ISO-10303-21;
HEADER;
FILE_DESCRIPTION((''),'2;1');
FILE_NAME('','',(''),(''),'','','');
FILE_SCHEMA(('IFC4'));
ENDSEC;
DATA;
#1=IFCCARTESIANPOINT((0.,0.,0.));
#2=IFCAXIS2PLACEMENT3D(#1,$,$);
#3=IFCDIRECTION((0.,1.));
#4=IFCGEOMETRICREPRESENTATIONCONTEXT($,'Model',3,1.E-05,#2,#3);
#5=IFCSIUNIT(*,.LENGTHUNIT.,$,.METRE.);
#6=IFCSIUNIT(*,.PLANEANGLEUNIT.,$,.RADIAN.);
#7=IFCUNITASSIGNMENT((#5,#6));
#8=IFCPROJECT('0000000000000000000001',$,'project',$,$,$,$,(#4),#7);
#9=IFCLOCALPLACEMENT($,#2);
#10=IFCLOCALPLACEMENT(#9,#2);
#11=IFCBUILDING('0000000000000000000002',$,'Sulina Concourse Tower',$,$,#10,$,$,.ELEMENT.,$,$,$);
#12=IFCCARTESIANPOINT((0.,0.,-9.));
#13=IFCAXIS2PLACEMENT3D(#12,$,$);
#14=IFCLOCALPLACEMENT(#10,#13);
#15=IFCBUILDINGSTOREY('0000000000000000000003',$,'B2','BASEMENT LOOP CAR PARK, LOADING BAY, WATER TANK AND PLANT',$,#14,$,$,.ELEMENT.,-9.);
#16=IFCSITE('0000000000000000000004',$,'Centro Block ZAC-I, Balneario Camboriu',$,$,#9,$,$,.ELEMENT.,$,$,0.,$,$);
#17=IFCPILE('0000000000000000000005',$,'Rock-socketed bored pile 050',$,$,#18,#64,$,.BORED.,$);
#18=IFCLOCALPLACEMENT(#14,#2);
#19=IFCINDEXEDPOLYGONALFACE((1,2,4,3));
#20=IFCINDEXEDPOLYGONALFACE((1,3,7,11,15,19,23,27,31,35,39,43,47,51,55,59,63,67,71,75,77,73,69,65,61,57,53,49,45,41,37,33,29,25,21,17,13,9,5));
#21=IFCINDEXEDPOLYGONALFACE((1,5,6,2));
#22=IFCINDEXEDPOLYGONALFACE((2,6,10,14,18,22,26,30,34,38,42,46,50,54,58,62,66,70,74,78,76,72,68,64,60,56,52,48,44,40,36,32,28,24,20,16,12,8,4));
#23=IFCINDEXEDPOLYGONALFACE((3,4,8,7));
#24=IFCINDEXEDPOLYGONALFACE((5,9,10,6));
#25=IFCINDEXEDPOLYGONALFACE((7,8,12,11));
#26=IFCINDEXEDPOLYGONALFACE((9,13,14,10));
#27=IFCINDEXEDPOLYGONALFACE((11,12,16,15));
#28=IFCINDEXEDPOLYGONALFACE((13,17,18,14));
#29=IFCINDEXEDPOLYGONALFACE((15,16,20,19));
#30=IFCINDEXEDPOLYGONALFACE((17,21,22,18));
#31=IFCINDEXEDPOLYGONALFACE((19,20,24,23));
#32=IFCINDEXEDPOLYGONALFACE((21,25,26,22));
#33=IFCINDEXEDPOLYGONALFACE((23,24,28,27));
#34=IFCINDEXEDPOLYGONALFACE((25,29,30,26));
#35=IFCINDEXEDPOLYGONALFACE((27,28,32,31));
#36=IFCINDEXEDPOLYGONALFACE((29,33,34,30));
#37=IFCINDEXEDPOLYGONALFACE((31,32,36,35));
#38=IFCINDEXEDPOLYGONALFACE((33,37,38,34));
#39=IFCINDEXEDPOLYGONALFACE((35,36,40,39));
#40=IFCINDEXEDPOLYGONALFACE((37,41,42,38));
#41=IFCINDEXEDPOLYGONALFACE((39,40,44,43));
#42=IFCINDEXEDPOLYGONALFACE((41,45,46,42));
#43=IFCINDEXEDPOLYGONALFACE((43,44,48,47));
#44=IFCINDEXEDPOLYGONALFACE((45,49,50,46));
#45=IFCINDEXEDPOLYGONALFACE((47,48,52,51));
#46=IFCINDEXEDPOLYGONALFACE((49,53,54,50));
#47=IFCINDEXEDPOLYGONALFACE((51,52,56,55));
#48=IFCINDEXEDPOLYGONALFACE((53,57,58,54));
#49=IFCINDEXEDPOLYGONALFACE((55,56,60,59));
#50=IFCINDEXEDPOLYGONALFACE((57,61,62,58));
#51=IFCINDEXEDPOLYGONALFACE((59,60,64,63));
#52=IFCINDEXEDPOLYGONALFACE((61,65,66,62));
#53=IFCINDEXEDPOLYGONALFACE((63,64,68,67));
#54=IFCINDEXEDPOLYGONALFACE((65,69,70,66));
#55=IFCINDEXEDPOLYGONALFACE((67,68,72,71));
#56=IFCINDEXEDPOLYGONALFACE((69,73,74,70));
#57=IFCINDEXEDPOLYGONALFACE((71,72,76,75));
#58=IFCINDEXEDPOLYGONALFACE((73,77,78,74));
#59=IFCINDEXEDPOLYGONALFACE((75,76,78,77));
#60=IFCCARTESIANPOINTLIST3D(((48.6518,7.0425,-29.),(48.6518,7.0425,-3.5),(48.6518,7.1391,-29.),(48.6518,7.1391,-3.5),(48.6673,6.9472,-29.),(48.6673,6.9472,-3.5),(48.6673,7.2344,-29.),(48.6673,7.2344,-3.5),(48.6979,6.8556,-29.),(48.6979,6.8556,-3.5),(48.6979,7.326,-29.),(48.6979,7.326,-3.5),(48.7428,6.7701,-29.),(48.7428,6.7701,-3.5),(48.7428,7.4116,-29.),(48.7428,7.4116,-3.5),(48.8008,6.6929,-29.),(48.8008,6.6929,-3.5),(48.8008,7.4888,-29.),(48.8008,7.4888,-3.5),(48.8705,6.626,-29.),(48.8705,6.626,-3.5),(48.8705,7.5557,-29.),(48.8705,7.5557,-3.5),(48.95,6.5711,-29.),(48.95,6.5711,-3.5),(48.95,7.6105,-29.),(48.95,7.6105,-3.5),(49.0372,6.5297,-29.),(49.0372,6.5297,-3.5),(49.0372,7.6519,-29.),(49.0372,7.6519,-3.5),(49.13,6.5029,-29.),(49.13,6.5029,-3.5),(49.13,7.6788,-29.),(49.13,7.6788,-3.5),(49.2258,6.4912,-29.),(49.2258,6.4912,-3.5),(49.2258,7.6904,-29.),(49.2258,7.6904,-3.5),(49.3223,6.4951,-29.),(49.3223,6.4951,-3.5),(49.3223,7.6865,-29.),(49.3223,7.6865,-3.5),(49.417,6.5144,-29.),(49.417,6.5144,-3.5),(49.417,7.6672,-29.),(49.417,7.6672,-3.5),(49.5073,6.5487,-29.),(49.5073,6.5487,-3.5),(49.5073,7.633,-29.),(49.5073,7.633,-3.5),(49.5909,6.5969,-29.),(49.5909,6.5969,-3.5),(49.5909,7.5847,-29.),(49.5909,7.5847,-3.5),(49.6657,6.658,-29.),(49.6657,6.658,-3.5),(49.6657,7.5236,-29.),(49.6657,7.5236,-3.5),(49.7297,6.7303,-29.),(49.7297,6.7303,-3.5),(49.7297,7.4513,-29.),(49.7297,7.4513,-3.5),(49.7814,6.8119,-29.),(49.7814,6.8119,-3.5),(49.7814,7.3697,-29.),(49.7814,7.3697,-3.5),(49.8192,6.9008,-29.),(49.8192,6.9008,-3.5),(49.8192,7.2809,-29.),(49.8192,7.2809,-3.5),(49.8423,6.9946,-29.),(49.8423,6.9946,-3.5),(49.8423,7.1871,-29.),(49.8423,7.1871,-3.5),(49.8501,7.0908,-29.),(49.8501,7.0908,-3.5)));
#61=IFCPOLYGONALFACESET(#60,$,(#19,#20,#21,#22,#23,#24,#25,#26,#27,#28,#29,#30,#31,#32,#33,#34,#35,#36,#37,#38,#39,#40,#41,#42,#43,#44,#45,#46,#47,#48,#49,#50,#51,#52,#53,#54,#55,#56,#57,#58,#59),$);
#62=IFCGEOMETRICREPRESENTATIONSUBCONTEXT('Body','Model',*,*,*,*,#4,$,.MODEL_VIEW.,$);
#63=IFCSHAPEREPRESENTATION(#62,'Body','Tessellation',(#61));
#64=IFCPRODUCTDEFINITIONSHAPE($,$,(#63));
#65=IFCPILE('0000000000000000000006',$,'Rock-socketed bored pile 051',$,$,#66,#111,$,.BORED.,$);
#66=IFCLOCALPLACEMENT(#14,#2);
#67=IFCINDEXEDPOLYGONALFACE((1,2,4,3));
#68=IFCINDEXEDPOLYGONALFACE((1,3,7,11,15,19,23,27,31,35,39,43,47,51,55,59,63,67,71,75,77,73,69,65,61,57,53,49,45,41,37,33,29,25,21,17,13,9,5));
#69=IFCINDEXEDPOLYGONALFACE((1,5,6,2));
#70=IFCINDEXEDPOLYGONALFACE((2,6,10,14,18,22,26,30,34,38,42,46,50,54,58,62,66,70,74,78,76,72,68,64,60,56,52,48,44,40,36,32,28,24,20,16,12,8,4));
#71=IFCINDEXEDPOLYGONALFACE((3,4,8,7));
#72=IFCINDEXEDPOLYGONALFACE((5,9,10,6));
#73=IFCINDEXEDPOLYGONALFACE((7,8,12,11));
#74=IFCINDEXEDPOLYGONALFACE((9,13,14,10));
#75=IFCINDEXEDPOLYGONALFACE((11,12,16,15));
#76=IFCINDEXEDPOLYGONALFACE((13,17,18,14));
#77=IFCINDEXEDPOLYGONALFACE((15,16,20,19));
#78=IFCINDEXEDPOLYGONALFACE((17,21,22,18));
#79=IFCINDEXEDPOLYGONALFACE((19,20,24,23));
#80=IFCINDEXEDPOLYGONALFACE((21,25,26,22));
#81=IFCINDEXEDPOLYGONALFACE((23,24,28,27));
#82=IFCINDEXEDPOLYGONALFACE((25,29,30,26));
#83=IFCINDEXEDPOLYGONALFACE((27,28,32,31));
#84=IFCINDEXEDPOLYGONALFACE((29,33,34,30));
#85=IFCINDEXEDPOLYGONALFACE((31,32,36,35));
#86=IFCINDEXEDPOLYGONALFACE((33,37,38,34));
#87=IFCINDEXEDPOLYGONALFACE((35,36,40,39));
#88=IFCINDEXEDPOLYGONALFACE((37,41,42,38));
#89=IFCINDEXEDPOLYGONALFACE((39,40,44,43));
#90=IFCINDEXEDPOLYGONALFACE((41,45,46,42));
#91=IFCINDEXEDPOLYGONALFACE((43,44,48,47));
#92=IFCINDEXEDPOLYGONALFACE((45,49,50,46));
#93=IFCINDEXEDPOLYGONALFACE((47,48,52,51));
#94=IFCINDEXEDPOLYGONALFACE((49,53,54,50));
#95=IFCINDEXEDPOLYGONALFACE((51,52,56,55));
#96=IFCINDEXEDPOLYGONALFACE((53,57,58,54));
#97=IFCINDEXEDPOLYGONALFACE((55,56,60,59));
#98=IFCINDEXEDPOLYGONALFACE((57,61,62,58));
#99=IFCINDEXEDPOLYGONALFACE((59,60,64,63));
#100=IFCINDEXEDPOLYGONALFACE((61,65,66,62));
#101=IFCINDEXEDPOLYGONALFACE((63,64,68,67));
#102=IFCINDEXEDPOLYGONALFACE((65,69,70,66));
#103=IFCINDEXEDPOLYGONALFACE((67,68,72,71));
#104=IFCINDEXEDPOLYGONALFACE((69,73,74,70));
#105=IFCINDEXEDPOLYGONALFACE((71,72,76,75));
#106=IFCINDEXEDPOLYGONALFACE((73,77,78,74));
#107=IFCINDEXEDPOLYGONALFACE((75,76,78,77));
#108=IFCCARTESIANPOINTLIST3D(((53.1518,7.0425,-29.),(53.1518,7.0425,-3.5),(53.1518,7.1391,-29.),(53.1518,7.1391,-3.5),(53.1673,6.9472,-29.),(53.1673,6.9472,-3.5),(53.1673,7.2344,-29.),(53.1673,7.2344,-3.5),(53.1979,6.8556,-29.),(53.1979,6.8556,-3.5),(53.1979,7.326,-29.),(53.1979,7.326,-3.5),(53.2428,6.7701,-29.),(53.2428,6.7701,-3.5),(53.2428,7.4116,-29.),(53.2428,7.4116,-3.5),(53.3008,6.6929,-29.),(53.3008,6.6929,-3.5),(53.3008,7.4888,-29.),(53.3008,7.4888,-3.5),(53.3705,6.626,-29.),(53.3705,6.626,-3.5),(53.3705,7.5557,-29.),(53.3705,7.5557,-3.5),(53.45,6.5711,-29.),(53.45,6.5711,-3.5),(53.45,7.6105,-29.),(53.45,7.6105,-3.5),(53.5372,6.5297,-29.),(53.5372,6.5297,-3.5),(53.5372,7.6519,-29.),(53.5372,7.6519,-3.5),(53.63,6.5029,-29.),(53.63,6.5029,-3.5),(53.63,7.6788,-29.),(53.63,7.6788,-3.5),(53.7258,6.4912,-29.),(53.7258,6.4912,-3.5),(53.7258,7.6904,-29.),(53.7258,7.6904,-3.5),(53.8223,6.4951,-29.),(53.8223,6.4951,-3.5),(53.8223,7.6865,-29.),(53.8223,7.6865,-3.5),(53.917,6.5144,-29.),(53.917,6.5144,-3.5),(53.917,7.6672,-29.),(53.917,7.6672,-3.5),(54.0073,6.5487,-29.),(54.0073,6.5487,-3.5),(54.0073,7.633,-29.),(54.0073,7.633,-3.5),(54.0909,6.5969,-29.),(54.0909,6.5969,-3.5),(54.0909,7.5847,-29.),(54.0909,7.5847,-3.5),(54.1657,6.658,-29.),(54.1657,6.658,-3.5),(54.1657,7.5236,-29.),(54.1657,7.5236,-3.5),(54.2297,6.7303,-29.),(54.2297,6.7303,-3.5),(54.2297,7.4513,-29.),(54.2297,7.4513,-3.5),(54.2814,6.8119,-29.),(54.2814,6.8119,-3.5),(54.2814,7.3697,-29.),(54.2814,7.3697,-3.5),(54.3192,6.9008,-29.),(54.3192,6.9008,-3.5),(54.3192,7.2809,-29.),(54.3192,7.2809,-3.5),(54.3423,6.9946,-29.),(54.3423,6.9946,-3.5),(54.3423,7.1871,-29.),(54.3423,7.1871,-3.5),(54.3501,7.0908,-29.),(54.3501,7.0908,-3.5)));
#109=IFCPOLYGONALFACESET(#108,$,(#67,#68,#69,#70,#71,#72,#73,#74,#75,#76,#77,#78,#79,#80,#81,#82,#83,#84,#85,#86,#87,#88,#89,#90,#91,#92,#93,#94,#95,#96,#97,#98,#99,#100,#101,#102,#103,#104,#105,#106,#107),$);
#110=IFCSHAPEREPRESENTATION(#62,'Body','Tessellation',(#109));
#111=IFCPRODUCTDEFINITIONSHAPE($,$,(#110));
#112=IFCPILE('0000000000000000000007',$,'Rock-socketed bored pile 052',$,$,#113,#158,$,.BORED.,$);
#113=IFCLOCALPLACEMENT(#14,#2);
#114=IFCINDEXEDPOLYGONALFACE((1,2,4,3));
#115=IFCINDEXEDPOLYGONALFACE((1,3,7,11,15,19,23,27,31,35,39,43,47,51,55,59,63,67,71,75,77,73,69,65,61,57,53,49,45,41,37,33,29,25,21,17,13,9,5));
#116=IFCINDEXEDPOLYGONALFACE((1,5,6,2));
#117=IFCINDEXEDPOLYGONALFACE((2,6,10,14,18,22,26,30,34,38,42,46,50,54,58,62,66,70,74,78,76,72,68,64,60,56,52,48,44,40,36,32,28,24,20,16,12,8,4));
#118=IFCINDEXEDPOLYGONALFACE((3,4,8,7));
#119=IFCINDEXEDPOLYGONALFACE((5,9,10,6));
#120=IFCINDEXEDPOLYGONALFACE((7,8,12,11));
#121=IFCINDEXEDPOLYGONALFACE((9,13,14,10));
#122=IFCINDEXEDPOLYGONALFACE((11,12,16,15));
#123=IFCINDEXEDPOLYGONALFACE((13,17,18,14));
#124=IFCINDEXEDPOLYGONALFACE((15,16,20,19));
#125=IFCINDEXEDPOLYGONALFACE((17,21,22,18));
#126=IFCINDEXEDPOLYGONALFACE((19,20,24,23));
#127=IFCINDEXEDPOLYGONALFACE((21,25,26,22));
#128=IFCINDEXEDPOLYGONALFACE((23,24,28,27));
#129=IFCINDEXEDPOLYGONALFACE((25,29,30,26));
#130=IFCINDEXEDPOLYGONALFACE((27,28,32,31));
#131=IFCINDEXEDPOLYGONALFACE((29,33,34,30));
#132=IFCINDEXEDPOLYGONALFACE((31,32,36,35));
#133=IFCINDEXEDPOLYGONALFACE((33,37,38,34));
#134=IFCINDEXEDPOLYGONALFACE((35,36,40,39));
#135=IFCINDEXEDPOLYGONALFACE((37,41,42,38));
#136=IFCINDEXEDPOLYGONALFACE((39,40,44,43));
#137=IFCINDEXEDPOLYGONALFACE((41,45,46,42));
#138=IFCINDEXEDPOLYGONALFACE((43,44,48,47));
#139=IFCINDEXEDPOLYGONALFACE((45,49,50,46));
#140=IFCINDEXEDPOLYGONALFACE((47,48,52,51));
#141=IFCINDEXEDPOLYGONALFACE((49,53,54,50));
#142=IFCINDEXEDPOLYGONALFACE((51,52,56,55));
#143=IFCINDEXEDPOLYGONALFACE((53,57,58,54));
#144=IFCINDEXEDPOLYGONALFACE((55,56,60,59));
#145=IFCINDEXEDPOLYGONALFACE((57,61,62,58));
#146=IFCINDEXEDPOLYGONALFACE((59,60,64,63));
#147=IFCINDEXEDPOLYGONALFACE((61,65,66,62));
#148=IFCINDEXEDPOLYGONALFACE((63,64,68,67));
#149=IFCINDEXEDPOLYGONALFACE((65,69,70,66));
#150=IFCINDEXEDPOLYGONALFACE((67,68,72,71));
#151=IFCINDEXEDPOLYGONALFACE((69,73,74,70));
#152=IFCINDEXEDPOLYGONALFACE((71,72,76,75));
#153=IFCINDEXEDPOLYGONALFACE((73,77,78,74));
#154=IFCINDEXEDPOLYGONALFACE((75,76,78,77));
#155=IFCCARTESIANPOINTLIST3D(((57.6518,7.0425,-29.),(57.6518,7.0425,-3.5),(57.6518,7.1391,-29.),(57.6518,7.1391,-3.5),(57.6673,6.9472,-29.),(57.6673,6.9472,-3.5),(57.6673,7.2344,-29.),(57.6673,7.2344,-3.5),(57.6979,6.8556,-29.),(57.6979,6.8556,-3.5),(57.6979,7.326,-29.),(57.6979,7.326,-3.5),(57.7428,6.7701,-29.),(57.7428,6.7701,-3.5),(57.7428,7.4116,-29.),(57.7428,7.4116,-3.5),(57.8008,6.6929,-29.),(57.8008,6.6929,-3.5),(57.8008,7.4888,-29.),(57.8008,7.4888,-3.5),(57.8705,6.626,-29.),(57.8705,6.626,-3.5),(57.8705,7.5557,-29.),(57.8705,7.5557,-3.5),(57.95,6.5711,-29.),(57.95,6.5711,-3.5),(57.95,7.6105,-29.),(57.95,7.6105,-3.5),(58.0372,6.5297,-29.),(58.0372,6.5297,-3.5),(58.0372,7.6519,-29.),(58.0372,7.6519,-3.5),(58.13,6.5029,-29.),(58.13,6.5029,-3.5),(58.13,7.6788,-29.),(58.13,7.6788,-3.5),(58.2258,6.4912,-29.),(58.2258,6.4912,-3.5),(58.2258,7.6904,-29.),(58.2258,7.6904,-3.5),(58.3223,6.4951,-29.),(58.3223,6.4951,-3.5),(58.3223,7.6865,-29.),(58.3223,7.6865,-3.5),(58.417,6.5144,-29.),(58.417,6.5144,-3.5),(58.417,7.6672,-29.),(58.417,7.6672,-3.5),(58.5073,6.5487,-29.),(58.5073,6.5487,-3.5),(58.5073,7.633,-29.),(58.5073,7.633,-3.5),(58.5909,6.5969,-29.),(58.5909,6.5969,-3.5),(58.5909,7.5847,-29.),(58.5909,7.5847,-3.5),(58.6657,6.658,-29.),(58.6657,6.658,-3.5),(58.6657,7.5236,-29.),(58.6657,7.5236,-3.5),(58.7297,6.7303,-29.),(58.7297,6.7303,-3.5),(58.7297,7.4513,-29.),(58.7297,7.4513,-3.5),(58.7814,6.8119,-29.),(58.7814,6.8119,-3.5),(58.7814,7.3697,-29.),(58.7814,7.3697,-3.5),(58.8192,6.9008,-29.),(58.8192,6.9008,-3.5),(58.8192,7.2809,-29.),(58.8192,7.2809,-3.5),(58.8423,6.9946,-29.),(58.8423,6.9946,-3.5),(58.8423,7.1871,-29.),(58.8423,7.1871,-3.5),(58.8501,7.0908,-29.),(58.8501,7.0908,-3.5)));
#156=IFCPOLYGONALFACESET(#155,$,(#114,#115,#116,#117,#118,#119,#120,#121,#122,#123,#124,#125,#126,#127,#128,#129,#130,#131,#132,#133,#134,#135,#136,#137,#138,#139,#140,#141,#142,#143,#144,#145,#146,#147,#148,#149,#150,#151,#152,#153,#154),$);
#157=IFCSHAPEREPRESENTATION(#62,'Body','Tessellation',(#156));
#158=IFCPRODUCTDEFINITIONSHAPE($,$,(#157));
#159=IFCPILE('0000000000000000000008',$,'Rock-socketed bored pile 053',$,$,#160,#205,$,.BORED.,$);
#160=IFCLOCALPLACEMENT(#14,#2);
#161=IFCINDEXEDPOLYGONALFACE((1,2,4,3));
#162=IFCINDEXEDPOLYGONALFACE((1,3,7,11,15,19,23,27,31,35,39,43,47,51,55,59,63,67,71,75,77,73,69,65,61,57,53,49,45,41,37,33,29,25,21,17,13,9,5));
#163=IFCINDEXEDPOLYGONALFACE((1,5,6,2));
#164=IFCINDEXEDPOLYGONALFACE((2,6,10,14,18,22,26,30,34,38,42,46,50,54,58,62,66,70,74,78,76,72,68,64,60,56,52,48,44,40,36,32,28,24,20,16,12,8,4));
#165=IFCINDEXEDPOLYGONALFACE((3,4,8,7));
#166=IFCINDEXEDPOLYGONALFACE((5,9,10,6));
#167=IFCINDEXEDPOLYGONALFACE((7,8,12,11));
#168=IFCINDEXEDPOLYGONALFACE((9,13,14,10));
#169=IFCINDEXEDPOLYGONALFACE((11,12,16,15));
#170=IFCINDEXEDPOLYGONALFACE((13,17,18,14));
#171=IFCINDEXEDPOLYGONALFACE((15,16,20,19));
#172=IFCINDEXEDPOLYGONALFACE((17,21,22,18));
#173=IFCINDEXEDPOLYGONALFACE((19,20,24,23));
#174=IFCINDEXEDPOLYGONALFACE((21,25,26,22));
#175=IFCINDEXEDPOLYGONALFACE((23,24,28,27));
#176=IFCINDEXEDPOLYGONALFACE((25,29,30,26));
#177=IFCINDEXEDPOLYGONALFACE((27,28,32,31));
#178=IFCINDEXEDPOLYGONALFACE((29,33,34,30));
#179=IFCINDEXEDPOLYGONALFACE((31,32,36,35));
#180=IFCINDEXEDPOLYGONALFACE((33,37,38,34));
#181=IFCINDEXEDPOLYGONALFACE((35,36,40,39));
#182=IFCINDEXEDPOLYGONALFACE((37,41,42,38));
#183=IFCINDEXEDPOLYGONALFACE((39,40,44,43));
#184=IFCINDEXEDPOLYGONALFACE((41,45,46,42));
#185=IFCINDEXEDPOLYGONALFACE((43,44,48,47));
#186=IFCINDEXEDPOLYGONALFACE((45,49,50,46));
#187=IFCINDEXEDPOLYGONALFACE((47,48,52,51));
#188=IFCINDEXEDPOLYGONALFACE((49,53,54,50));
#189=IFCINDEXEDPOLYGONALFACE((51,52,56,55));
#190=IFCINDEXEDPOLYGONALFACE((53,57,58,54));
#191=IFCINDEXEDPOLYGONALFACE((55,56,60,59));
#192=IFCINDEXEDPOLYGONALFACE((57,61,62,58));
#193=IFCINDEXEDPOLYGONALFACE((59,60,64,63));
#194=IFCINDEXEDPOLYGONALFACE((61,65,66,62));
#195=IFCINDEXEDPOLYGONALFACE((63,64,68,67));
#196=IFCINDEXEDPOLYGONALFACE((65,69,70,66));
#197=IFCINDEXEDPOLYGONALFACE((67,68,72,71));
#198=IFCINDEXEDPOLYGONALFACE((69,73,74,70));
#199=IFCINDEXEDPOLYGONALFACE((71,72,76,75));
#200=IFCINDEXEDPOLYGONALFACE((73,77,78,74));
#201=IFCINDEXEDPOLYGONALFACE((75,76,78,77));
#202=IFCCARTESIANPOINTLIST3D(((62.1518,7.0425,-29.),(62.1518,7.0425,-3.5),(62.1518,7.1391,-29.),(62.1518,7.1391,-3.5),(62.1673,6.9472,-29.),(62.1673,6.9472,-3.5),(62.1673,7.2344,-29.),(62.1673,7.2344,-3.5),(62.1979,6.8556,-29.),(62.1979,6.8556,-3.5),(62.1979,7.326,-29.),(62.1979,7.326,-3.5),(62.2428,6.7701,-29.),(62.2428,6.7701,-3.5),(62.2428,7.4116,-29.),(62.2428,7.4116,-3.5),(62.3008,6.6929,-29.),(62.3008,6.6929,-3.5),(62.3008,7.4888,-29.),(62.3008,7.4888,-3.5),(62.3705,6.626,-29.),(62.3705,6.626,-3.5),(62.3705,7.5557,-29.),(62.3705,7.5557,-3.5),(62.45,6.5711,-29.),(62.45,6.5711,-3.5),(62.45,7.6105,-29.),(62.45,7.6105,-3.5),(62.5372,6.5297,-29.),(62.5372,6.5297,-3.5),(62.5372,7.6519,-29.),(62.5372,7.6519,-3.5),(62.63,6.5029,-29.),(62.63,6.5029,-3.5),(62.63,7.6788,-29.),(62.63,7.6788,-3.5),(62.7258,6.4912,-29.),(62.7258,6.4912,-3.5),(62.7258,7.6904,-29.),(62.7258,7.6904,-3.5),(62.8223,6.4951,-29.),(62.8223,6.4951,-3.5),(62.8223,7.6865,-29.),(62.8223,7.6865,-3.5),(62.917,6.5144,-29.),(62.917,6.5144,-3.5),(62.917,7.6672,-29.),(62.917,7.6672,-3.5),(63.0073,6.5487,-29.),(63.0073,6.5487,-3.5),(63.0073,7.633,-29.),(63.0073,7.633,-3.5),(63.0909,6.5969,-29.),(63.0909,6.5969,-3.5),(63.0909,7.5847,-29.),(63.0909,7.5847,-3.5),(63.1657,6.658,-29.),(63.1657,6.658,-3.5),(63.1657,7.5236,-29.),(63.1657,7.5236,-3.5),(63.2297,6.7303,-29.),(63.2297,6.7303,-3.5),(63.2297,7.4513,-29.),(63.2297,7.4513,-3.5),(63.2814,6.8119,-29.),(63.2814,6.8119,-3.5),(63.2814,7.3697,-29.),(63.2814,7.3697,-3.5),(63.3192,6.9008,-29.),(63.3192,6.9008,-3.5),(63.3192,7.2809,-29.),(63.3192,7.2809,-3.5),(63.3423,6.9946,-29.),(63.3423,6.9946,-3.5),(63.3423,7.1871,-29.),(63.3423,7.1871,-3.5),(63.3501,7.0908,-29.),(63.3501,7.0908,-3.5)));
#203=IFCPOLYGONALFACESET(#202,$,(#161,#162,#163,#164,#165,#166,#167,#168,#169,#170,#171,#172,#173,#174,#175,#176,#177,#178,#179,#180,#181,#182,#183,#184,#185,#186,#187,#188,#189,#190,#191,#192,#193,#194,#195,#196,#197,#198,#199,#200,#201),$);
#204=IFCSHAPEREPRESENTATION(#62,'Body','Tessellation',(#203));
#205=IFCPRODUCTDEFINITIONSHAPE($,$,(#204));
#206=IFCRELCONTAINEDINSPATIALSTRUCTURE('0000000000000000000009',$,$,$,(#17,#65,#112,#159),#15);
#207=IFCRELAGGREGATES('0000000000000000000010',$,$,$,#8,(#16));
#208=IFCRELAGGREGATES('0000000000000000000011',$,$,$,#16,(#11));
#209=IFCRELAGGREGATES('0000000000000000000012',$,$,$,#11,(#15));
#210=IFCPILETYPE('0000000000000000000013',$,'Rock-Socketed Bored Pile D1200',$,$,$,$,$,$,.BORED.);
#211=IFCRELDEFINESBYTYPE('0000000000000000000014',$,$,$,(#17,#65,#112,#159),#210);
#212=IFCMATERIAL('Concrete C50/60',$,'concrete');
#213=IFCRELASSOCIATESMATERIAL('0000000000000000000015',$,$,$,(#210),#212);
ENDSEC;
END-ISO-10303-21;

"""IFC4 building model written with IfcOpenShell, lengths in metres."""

from ifc_helpers import new_model, si_unit, direction, frame, origin, origin_2d, place, context, subcontext, project, spatial, circle, extrude, material, material_profile, profile_set, type_object, element, save


model = new_model("IFC4")

# Units and contexts
model_context = context("Model", 3, precision=1e-05, world=origin(), true_north=direction((0.0, 1.0)))
body_context = subcontext(model_context, "Body", "Model", "MODEL_VIEW")
ifc_project = project(units=[si_unit("LENGTHUNIT", "METRE"), si_unit("PLANEANGLEUNIT", "RADIAN")], contexts=[model_context])

# Site, building, storey
site_placement = place(None, origin())
site = spatial("IfcSite", under=ifc_project, at=site_placement, Name="Centro Block ZAC-I, Balneario Camboriu", CompositionType="ELEMENT", RefElevation=0.0)
building_placement = place(site_placement, origin())
building = spatial("IfcBuilding", under=site, at=building_placement, Name="Sulina Concourse Tower", CompositionType="ELEMENT")
storey_placement = place(building_placement, frame((0.0, 0.0, -9.0)))
storey = spatial("IfcBuildingStorey", under=building, at=storey_placement, Name="B2", Description="BASEMENT LOOP CAR PARK, LOADING BAY, WATER TANK AND PLANT", CompositionType="ELEMENT", Elevation=-9.0)

# Piles
ifc_material_1 = material(Name="Concrete C50/60", Category="concrete")
ifc_material_profile_1 = material_profile(ifc_material_1, circle(Radius=0.6001, at=origin_2d()), Name="PILE D1200")
ifc_profile_set_1 = profile_set([ifc_material_profile_1], Name="Concrete C50/60")
pile_type_1 = type_object("IfcPileType", Name="Rock-Socketed Bored Pile D1200", PredefinedType="BORED", material=ifc_profile_set_1)
for number, where, z_axis, x_axis, name in (
    (1, (49.25, 7.0908, -3.5), (0.0, 0.0, -1.0), (1.0, 0.0, 0.0), "Rock-socketed bored pile 050"),
    (2, (53.75, 7.0908, -3.5), (0.0, 0.0, -1.0), (1.0, 0.0, 0.0), "Rock-socketed bored pile 051"),
    (3, (58.25, 7.0908, -3.5), (0.0, 0.0, -1.0), (1.0, 0.0, 0.0), "Rock-socketed bored pile 052"),
    (4, (62.75, 7.0908, -3.5), (0.0, 0.0, -1.0), (1.0, 0.0, 0.0), "Rock-socketed bored pile 053"),
):
    element("IfcPile", number, at=place(storey_placement, frame(where, z_axis=z_axis, x_axis=x_axis)), inside=storey, type_object=pile_type_1, Name=name, PredefinedType="BORED", context=body_context, shape_type="SweptSolid", body=[
        extrude(circle(Radius=0.6001, at=origin_2d()), origin(), (0.0, 0.0, 1.0), 25.5),
    ])

save(model, "model.ifc")
